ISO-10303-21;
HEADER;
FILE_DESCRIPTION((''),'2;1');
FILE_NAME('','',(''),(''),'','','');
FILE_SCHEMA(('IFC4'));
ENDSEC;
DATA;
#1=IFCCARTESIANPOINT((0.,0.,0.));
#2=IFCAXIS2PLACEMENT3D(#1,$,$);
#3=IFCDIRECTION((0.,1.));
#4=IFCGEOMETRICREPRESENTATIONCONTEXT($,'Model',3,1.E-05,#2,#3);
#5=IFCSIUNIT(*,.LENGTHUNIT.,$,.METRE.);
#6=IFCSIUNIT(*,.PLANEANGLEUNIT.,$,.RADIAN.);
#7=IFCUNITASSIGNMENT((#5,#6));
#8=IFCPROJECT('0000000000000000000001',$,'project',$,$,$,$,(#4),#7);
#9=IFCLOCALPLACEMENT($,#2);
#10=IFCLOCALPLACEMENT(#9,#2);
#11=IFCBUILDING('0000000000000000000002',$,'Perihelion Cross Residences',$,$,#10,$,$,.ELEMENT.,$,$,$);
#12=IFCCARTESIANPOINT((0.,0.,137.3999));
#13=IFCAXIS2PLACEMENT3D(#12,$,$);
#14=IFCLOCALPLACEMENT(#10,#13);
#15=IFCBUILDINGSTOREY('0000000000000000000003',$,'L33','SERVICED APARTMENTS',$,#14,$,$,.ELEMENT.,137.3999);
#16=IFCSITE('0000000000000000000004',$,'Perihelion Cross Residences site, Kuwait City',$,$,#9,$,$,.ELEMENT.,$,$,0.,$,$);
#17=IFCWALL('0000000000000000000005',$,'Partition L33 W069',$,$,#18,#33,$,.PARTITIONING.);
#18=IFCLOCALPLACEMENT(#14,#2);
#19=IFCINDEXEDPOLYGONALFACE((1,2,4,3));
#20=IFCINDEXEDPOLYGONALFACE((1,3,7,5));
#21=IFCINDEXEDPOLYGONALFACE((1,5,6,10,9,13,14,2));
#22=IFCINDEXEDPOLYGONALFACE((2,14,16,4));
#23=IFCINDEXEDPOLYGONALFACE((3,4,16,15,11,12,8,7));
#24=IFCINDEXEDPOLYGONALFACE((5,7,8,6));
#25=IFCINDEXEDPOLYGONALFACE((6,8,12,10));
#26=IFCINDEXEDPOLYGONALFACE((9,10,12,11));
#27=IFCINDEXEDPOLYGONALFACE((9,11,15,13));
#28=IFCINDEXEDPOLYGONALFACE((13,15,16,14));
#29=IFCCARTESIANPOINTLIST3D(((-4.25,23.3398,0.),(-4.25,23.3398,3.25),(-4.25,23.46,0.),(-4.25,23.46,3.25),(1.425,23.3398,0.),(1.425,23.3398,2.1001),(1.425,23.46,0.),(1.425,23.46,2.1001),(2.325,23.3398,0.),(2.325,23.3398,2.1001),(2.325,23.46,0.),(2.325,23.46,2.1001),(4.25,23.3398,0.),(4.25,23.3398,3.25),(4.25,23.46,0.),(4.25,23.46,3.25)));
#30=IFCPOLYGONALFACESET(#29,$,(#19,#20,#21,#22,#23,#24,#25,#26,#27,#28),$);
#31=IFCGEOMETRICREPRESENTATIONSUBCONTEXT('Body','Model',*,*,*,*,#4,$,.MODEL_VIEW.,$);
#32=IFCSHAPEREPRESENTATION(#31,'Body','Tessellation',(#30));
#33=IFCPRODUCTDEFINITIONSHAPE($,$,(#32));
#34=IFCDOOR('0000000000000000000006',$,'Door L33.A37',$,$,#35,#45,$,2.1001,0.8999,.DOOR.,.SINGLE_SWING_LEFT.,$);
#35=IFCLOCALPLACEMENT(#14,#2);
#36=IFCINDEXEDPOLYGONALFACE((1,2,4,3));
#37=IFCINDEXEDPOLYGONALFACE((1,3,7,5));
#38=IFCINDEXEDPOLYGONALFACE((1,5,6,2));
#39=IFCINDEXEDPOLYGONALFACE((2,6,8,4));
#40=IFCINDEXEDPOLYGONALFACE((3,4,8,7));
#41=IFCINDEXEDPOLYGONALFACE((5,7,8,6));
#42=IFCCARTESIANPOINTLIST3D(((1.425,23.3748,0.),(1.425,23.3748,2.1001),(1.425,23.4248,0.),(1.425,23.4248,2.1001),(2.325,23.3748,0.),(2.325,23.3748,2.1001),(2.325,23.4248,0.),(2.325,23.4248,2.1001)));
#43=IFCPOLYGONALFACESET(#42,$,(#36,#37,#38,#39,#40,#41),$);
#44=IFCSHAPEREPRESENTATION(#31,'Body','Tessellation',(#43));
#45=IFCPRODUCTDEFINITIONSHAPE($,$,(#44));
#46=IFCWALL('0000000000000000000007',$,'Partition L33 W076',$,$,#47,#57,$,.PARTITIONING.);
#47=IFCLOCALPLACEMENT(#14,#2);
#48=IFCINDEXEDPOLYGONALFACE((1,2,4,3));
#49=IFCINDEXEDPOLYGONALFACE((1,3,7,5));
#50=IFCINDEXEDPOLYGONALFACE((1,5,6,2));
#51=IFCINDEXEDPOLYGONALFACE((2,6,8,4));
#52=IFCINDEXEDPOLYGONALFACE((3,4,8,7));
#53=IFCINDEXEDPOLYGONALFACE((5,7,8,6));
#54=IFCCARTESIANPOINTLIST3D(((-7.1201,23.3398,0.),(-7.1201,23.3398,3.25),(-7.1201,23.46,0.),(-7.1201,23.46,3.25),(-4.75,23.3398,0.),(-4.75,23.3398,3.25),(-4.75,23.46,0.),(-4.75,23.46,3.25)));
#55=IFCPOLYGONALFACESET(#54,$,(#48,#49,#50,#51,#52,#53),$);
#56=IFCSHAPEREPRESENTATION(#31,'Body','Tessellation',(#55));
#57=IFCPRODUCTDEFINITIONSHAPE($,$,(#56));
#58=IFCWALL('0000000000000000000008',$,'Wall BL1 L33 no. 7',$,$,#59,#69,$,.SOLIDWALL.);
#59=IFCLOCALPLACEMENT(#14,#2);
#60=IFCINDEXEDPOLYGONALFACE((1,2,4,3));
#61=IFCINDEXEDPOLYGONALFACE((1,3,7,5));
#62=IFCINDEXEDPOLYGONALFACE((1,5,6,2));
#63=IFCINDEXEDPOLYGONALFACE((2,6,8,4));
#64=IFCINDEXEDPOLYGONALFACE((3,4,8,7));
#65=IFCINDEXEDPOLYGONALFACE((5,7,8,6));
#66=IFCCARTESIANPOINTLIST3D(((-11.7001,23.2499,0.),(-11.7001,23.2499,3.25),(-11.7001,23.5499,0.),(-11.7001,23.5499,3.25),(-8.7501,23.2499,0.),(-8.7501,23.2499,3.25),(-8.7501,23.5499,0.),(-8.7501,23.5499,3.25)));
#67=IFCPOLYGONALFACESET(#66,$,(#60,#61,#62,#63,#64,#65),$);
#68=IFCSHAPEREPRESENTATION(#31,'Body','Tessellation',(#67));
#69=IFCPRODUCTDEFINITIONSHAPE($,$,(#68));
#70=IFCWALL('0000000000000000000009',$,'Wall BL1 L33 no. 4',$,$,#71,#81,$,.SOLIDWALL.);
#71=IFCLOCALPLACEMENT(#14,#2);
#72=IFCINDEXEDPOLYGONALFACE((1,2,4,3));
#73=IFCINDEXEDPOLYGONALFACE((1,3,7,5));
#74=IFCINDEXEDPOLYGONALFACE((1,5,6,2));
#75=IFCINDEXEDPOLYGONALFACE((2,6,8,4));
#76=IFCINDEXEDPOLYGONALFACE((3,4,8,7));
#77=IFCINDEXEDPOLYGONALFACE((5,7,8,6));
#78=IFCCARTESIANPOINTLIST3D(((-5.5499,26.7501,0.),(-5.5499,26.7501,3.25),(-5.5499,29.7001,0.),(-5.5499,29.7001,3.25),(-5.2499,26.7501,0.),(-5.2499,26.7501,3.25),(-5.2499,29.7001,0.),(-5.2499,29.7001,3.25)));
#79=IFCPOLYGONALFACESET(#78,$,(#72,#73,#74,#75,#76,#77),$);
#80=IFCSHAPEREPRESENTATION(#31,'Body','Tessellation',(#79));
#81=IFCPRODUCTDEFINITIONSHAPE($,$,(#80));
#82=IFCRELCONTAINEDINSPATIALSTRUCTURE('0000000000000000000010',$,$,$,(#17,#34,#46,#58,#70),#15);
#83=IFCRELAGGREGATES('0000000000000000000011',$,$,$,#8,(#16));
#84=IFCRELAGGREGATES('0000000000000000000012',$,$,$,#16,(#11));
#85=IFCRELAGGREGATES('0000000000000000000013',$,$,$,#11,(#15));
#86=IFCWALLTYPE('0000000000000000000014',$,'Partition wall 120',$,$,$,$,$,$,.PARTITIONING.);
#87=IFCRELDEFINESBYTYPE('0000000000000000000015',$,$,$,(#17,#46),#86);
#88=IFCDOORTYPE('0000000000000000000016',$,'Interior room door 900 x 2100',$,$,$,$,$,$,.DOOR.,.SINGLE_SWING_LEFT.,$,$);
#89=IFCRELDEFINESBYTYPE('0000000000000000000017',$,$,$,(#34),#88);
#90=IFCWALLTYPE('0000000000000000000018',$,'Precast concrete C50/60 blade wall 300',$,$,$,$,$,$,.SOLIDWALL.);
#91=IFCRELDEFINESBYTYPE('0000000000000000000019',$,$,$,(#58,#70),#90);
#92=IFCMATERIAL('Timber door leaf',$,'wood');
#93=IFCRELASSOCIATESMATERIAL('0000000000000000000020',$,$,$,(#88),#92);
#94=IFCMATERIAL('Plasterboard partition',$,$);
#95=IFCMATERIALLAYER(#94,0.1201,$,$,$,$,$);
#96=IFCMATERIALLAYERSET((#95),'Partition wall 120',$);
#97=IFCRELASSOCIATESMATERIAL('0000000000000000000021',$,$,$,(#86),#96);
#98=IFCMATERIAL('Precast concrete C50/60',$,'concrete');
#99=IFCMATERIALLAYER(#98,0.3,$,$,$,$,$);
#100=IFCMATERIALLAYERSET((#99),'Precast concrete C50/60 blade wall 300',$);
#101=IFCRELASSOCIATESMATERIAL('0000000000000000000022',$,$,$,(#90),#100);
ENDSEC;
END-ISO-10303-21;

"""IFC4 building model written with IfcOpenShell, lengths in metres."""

from ifc_helpers import new_model, si_unit, direction, frame, frame_2d, origin, place, context, subcontext, project, spatial, rectangle, extrude, material, layer, layer_set, type_object, element, fill, save


model = new_model("IFC4")

# Units and contexts
model_context = context("Model", 3, precision=1e-05, world=origin(), true_north=direction((0.0, 1.0)))
body_context = subcontext(model_context, "Body", "Model", "MODEL_VIEW")
ifc_project = project(units=[si_unit("LENGTHUNIT", "METRE"), si_unit("PLANEANGLEUNIT", "RADIAN")], contexts=[model_context])

# Site, building, storey
site_placement = place(None, origin())
site = spatial("IfcSite", under=ifc_project, at=site_placement, Name="Perihelion Cross Residences site, Kuwait City", CompositionType="ELEMENT", RefElevation=0.0)
building_placement = place(site_placement, origin())
building = spatial("IfcBuilding", under=site, at=building_placement, Name="Perihelion Cross Residences", CompositionType="ELEMENT")
storey_placement = place(building_placement, frame((0.0, 0.0, 137.3999)))
storey = spatial("IfcBuildingStorey", under=building, at=storey_placement, Name="L33", Description="SERVICED APARTMENTS", CompositionType="ELEMENT", Elevation=137.3999)

# Wall, opening, door
ifc_material_1 = material(Name="Timber door leaf", Category="wood")
door_type_1 = type_object("IfcDoorType", Name="Interior room door 900 x 2100", OperationType="SINGLE_SWING_LEFT", PredefinedType="DOOR", material=ifc_material_1)
ifc_material_2 = material(Name="Plasterboard partition")
ifc_layer_1 = layer(ifc_material_2, 0.1201)
ifc_layer_set_1 = layer_set([ifc_layer_1], Name="Partition wall 120")
wall_type_1 = type_object("IfcWallType", Name="Partition wall 120", PredefinedType="PARTITIONING", material=ifc_layer_set_1)
wall_1_placement = place(storey_placement, frame((-4.25, 23.3999, 0.0), z_axis=(0.0, 0.0, 1.0), x_axis=(1.0, 0.0, 0.0)))
wall_1 = element("IfcWall", 1, at=wall_1_placement, inside=storey, type_object=wall_type_1, Name="Partition L33 W069", PredefinedType="PARTITIONING", context=body_context, shape_type="SweptSolid", body=[
    extrude(rectangle(XDim=8.5, YDim=0.1201, at=frame_2d((4.25, 0.0))), origin(), (0.0, 0.0, 1.0), 3.25),
])
opening_1_placement = place(wall_1_placement, frame((5.675, 0.0, 0.0)))
opening_1 = element("IfcOpeningElement", 2, at=opening_1_placement, cuts=wall_1, PredefinedType="OPENING", context=body_context, shape_type="SweptSolid", body=[
    extrude(rectangle(XDim=0.8999, YDim=2.1001, at=frame_2d((0.45, 1.05))), frame((0.0, 0.0701, 0.0), z_axis=(0.0, -1.0, 0.0), x_axis=(1.0, 0.0, 0.0)), (0.0, 0.0, 1.0), 0.1401),
])
door_1_placement = place(opening_1_placement, origin())
door_1 = element("IfcDoor", 3, at=door_1_placement, inside=storey, type_object=door_type_1, Name="Door L33.A37", OperationType="SINGLE_SWING_LEFT", OverallHeight=2.1001, OverallWidth=0.8999, PredefinedType="DOOR", context=body_context, shape_type="SweptSolid", body=[
    extrude(rectangle(XDim=0.8999, YDim=2.1001, at=frame_2d((0.45, 1.05))), frame((0.0, 0.0249, 0.0), z_axis=(0.0, -1.0, 0.0), x_axis=(1.0, 0.0, 0.0)), (0.0, 0.0, 1.0), 0.05),
])
fill(opening_1, door_1)

# Walls
wall_2_placement = place(storey_placement, frame((-7.1201, 23.3999, 0.0), z_axis=(0.0, 0.0, 1.0), x_axis=(1.0, 0.0, 0.0)))
element("IfcWall", 4, at=wall_2_placement, inside=storey, type_object=wall_type_1, Name="Partition L33 W076", PredefinedType="PARTITIONING", context=body_context, shape_type="SweptSolid", body=[
    extrude(rectangle(XDim=2.3701, YDim=0.1201, at=frame_2d((1.1851, 0.0))), origin(), (0.0, 0.0, 1.0), 3.25),
])
ifc_material_3 = material(Name="Precast concrete C50/60", Category="concrete")
ifc_layer_2 = layer(ifc_material_3, 0.3)
ifc_layer_set_2 = layer_set([ifc_layer_2], Name="Precast concrete C50/60 blade wall 300")
wall_type_2 = type_object("IfcWallType", Name="Precast concrete C50/60 blade wall 300", PredefinedType="SOLIDWALL", material=ifc_layer_set_2)
for number, where, z_axis, x_axis, name in (
    (5, (-8.75, 23.3999, 0.0), (0.0, 0.0, 1.0), (-1.0, 0.0, 0.0), "Wall BL1 L33 no. 7"),
    (6, (-5.3999, 26.75, 0.0), (0.0, 0.0, 1.0), (0.0, 1.0, 0.0), "Wall BL1 L33 no. 4"),
):
    element("IfcWall", number, at=place(storey_placement, frame(where, z_axis=z_axis, x_axis=x_axis)), inside=storey, type_object=wall_type_2, Name=name, PredefinedType="SOLIDWALL", context=body_context, shape_type="SweptSolid", body=[
        extrude(rectangle(XDim=2.95, YDim=0.3, at=frame_2d((1.4751, 0.0))), origin(), (0.0, 0.0, 1.0), 3.25),
    ])

save(model, "model.ifc")
